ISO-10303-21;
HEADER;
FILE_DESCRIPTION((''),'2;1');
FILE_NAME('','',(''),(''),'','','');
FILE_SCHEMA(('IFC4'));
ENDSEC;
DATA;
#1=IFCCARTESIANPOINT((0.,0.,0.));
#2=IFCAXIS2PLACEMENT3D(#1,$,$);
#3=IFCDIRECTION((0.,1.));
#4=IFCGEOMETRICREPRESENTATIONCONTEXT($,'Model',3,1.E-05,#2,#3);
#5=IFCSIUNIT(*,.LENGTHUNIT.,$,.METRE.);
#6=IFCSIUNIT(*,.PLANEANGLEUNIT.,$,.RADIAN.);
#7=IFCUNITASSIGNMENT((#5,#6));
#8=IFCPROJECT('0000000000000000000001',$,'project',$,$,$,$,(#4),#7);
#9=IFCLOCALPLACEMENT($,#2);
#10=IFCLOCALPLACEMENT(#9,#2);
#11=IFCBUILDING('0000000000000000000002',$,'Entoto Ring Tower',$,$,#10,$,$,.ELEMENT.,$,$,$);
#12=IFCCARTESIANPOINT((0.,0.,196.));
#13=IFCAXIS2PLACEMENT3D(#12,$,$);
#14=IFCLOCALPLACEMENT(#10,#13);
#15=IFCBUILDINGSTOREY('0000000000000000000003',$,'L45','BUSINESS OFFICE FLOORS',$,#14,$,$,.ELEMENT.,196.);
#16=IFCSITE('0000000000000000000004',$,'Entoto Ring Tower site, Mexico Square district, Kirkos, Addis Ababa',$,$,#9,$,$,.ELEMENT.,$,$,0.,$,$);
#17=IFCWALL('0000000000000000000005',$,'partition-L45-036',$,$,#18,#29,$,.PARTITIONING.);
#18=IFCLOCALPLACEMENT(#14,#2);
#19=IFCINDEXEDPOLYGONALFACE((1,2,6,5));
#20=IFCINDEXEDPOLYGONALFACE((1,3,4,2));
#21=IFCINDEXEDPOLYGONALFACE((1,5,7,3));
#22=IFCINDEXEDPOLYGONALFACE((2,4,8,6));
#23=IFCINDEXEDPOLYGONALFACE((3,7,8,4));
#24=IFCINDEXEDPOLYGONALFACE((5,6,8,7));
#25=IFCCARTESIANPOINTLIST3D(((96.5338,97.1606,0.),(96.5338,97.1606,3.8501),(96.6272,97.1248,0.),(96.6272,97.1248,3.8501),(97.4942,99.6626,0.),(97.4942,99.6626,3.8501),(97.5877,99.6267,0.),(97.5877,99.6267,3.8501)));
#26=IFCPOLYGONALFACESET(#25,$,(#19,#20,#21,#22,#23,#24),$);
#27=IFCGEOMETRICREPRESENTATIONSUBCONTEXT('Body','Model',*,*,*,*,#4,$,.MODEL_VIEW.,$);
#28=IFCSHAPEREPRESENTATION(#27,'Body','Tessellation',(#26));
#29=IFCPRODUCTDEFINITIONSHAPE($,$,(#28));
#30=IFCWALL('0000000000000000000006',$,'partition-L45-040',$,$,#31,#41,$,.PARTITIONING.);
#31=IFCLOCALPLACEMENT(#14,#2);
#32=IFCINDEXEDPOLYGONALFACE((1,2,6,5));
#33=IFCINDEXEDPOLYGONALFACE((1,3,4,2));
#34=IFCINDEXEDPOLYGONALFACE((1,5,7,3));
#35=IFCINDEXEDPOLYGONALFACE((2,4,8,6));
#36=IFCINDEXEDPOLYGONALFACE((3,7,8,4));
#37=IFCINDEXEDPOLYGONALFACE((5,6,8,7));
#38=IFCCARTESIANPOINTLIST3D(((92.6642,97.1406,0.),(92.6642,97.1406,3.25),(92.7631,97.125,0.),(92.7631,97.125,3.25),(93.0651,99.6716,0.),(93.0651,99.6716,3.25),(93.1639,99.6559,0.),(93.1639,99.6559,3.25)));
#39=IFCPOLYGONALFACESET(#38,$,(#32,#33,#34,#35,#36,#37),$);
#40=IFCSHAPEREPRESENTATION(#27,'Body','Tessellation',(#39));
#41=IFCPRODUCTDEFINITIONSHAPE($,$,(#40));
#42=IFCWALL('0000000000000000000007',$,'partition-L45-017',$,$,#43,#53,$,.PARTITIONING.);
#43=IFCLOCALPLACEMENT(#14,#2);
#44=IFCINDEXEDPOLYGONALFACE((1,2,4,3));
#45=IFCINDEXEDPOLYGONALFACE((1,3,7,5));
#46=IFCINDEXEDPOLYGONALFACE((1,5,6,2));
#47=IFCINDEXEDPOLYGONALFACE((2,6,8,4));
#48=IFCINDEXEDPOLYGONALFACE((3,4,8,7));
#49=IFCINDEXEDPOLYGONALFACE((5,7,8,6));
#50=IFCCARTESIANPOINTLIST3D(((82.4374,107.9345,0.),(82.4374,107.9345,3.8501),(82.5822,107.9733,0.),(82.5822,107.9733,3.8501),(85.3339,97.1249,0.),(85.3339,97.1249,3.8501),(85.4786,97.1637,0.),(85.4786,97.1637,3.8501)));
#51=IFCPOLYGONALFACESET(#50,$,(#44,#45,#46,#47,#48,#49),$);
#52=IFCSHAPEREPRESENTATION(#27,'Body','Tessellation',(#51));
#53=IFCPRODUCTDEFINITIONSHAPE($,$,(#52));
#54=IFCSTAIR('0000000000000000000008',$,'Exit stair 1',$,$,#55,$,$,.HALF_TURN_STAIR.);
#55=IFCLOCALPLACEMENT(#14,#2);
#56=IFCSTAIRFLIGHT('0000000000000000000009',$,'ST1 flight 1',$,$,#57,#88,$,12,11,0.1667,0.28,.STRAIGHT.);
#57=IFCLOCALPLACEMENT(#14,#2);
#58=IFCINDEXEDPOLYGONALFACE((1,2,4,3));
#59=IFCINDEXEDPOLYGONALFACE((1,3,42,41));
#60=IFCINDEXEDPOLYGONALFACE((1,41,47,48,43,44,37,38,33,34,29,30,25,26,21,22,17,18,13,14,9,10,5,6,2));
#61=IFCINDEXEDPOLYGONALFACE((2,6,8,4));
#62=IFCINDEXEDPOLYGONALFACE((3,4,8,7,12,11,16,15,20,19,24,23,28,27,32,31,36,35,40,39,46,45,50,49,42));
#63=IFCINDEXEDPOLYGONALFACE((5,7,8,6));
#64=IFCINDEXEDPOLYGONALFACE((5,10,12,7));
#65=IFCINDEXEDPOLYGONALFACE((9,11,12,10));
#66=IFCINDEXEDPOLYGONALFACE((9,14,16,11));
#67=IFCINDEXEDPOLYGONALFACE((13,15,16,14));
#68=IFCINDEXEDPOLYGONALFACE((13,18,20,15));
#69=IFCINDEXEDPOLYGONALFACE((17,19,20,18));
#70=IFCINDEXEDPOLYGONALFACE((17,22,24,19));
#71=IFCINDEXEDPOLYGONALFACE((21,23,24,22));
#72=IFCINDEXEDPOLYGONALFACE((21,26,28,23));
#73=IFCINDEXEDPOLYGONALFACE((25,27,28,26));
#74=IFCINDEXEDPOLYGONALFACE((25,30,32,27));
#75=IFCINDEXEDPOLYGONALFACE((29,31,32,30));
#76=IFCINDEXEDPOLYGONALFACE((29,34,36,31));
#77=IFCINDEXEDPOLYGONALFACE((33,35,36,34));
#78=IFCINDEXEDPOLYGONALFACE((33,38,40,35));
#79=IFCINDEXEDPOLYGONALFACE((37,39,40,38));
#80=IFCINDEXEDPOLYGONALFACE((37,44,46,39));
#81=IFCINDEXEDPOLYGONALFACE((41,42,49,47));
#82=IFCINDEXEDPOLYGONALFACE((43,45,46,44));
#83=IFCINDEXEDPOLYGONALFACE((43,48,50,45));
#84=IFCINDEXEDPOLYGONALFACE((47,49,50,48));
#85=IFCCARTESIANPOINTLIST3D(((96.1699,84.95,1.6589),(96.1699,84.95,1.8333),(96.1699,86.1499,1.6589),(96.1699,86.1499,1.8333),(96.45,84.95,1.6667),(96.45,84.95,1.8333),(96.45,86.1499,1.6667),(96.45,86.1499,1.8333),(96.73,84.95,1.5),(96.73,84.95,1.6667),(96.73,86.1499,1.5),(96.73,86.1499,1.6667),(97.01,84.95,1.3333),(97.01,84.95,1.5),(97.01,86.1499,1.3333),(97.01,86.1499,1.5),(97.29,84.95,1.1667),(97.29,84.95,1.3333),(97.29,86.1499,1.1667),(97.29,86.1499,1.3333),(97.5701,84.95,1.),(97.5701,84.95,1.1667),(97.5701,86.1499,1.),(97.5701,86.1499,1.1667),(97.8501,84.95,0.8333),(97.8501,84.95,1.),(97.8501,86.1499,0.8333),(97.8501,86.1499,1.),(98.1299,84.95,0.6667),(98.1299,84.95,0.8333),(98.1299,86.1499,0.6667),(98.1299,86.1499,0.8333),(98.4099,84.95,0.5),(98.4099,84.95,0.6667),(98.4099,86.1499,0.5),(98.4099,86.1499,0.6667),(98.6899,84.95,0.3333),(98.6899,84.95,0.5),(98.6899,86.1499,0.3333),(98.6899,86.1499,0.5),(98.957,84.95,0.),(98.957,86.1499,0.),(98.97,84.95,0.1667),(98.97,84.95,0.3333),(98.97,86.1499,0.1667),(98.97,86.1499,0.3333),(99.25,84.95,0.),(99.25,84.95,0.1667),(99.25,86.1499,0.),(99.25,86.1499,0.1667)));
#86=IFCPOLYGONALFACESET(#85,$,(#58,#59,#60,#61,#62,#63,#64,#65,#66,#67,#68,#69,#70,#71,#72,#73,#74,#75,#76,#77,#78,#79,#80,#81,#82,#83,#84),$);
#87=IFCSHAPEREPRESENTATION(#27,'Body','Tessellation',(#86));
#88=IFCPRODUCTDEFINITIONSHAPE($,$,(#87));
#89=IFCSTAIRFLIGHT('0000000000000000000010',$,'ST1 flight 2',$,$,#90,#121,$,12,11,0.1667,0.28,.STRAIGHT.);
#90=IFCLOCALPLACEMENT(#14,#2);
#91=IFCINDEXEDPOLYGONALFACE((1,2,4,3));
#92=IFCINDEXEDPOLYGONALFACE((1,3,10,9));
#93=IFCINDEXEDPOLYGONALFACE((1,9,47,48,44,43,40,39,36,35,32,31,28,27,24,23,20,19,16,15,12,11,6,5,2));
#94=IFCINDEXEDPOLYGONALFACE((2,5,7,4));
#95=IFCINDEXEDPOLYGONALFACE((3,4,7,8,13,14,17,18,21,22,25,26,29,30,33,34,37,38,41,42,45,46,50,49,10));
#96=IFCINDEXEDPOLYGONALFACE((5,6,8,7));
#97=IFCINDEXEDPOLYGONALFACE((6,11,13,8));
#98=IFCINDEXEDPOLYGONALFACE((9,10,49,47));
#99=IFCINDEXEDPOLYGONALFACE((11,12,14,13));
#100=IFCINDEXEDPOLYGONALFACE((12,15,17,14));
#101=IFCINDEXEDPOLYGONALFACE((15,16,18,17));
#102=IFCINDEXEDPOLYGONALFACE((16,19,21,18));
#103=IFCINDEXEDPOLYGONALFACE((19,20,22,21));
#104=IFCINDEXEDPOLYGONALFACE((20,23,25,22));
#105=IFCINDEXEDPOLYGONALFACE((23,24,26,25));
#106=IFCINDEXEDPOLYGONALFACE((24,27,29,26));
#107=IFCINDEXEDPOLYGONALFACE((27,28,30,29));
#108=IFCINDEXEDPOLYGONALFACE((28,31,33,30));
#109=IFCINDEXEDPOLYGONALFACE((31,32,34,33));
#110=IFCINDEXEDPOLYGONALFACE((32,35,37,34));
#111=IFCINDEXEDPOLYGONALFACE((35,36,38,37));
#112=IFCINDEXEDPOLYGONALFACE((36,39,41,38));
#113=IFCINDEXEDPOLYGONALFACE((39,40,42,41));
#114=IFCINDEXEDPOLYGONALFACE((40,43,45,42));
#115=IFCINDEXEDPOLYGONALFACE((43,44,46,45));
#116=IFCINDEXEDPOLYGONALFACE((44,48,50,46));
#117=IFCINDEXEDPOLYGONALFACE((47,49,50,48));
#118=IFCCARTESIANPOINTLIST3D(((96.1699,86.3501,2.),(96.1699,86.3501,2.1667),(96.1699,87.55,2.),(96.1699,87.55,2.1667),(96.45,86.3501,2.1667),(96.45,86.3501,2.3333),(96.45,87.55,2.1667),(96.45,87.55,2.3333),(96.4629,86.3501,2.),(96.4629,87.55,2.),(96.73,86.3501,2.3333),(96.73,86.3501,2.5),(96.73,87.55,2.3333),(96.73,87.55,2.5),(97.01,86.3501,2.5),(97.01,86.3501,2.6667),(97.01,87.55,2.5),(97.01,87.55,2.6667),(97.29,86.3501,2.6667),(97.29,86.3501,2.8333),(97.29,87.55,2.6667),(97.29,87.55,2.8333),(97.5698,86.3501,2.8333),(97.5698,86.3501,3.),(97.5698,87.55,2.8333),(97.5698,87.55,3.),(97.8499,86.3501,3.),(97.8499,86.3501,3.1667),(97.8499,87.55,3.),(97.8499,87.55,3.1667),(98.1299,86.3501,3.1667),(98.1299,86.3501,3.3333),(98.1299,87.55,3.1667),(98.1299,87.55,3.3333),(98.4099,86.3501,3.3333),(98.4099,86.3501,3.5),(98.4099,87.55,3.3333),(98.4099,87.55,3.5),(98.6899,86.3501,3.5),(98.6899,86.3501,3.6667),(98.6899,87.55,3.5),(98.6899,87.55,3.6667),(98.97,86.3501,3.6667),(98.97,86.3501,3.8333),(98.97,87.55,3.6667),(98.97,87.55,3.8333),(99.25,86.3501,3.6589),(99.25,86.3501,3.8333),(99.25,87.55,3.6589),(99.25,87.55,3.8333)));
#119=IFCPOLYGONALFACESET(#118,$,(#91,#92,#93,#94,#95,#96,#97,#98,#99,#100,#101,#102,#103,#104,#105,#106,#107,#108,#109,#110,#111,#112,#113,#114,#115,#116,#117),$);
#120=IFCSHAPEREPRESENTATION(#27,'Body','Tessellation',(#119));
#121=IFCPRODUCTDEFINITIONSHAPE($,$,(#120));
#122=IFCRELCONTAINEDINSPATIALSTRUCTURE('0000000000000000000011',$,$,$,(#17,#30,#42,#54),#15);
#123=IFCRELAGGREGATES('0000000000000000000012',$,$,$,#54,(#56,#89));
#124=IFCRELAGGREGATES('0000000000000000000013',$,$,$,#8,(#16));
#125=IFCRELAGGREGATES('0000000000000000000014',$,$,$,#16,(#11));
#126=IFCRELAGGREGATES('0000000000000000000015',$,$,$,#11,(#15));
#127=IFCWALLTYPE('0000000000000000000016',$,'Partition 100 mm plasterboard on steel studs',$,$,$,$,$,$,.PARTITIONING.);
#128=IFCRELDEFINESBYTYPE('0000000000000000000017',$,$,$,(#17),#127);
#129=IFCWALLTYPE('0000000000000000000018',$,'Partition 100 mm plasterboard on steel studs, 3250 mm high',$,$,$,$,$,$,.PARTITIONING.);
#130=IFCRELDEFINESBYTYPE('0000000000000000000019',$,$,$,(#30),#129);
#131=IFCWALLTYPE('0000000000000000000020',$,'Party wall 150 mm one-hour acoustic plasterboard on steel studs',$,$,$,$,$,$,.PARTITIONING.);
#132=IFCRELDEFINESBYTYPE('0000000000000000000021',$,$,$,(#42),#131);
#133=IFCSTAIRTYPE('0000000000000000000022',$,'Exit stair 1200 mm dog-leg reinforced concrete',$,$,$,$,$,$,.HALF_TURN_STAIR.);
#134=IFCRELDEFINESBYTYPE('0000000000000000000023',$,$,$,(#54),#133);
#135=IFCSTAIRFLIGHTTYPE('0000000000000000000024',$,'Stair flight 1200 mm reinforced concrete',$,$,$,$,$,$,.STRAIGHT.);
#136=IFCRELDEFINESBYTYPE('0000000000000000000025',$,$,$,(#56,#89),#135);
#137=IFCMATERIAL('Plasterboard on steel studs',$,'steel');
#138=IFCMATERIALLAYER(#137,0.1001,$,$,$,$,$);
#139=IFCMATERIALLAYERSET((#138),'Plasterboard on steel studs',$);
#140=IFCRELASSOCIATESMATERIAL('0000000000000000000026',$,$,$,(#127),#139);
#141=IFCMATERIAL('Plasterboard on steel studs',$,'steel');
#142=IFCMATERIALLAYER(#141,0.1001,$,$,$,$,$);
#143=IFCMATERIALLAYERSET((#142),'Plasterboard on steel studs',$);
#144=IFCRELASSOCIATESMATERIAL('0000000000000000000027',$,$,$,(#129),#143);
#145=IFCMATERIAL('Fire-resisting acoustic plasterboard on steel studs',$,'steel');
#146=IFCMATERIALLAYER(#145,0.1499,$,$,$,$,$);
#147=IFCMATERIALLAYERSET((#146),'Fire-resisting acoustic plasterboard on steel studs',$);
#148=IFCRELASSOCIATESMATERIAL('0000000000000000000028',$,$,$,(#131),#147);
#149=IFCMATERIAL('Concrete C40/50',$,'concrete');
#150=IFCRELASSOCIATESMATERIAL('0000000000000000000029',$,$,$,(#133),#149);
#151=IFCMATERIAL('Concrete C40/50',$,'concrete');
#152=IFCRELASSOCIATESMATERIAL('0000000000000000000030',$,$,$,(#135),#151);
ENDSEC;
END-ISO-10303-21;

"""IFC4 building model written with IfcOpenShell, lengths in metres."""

from ifc_helpers import new_model, si_unit, direction, frame, frame_2d, origin, place, context, subcontext, project, spatial, polyline, rectangle, outline, extrude, material, layer, layer_set, type_object, element, aggregate, save


model = new_model("IFC4")

# Units and contexts
model_context = context("Model", 3, precision=1e-05, world=origin(), true_north=direction((0.0, 1.0)))
body_context = subcontext(model_context, "Body", "Model", "MODEL_VIEW")
ifc_project = project(units=[si_unit("LENGTHUNIT", "METRE"), si_unit("PLANEANGLEUNIT", "RADIAN")], contexts=[model_context])

# Site, building, storey
site_placement = place(None, origin())
site = spatial("IfcSite", under=ifc_project, at=site_placement, Name="Entoto Ring Tower site, Mexico Square district, Kirkos, Addis Ababa", CompositionType="ELEMENT", RefElevation=0.0)
building_placement = place(site_placement, origin())
building = spatial("IfcBuilding", under=site, at=building_placement, Name="Entoto Ring Tower", CompositionType="ELEMENT")
storey_placement = place(building_placement, frame((0.0, 0.0, 196.0)))
storey = spatial("IfcBuildingStorey", under=building, at=storey_placement, Name="L45", Description="BUSINESS OFFICE FLOORS", CompositionType="ELEMENT", Elevation=196.0)

# Shared definitions
ifc_material_1 = material(Name="Plasterboard on steel studs", Category="steel")
ifc_layer_1 = layer(ifc_material_1, 0.1001)
ifc_layer_set_1 = layer_set([ifc_layer_1], Name="Plasterboard on steel studs")
wall_type_1 = type_object("IfcWallType", Name="Partition 100 mm plasterboard on steel studs", PredefinedType="PARTITIONING", material=ifc_layer_set_1)

# Walls
wall_1_placement = place(storey_placement, frame((96.5806, 97.1428, 0.0), z_axis=(0.0, 0.0, 1.0), x_axis=(0.358381, 0.933576, 0.0)))
element("IfcWall", 1, at=wall_1_placement, inside=storey, type_object=wall_type_1, Name="partition-L45-036", PredefinedType="PARTITIONING", context=body_context, shape_type="SweptSolid", body=[
    extrude(rectangle(XDim=2.6799, YDim=0.1001, at=frame_2d((1.3398, 0.0))), origin(), (0.0, 0.0, 1.0), 3.8501),
])
ifc_material_2 = material(Name="Plasterboard on steel studs", Category="steel")
ifc_layer_2 = layer(ifc_material_2, 0.1001)
ifc_layer_set_2 = layer_set([ifc_layer_2], Name="Plasterboard on steel studs")
wall_type_2 = type_object("IfcWallType", Name="Partition 100 mm plasterboard on steel studs, 3250 mm high", PredefinedType="PARTITIONING", material=ifc_layer_set_2)
wall_2_placement = place(storey_placement, frame((92.7136, 97.1328, 0.0), z_axis=(0.0, 0.0, 1.0), x_axis=(0.156437, 0.987688, 0.0)))
element("IfcWall", 2, at=wall_2_placement, inside=storey, type_object=wall_type_2, Name="partition-L45-040", PredefinedType="PARTITIONING", context=body_context, shape_type="SweptSolid", body=[
    extrude(rectangle(XDim=2.5625, YDim=0.1001, at=frame_2d((1.2812, 0.0))), origin(), (0.0, 0.0, 1.0), 3.25),
])
ifc_material_3 = material(Name="Fire-resisting acoustic plasterboard on steel studs", Category="steel")
ifc_layer_3 = layer(ifc_material_3, 0.1499)
ifc_layer_set_3 = layer_set([ifc_layer_3], Name="Fire-resisting acoustic plasterboard on steel studs")
wall_type_3 = type_object("IfcWallType", Name="Party wall 150 mm one-hour acoustic plasterboard on steel studs", PredefinedType="PARTITIONING", material=ifc_layer_set_3)
wall_3_placement = place(storey_placement, frame((85.4062, 97.1443, 0.0), z_axis=(0.0, 0.0, 1.0), x_axis=(-0.258825, 0.965924, 0.0)))
element("IfcWall", 3, at=wall_3_placement, inside=storey, type_object=wall_type_3, Name="partition-L45-017", PredefinedType="PARTITIONING", context=body_context, shape_type="SweptSolid", body=[
    extrude(rectangle(XDim=11.1909, YDim=0.1499, at=frame_2d((5.5955, 0.0))), origin(), (0.0, 0.0, 1.0), 3.8501),
])

# Stair, stair flights
ifc_material_4 = material(Name="Concrete C40/50", Category="concrete")
stair_type = type_object("IfcStairType", Name="Exit stair 1200 mm dog-leg reinforced concrete", PredefinedType="HALF_TURN_STAIR", material=ifc_material_4)
stair_placement = place(storey_placement, origin())
stair = element("IfcStair", 4, at=stair_placement, inside=storey, type_object=stair_type, Name="Exit stair 1", PredefinedType="HALF_TURN_STAIR")
ifc_material_5 = material(Name="Concrete C40/50", Category="concrete")
stair_flight_type = type_object("IfcStairFlightType", Name="Stair flight 1200 mm reinforced concrete", PredefinedType="STRAIGHT", material=ifc_material_5)
stair_flight_1_placement = place(storey_placement, frame((99.25, 85.55, 0.0), z_axis=(0.0, 0.0, 1.0), x_axis=(-1.0, 0.0, 0.0)))
stair_flight_1 = element("IfcStairFlight", 5, at=stair_flight_1_placement, type_object=stair_flight_type, Name="ST1 flight 1", NumberOfRisers=12, NumberOfTreads=11, PredefinedType="STRAIGHT", RiserHeight=0.1667, TreadLength=0.28, context=body_context, shape_type="SweptSolid", body=[
    extrude(outline(polyline([(0.0, 0.0), (0.0, 0.1667), (0.28, 0.1667), (0.28, 0.3333), (0.5601, 0.3333), (0.5601, 0.5), (0.8401, 0.5), (0.8401, 0.6667), (1.1201, 0.6667), (1.1201, 0.8333), (1.3999, 0.8333), (1.3999, 1.0), (1.6799, 1.0), (1.6799, 1.1667), (1.96, 1.1667), (1.96, 1.3333), (2.24, 1.3333), (2.24, 1.5), (2.52, 1.5), (2.52, 1.6667), (2.8, 1.6667), (2.8, 1.8333), (3.0801, 1.8333), (3.0801, 2.0), (3.0801, 1.6589), (0.293, 0.0), (0.0, 0.0)])), frame((0.0, 0.6001, 0.0), z_axis=(0.0, -1.0, 0.0), x_axis=(1.0, 0.0, 0.0)), (0.0, 0.0, 1.0), 1.2),
])
stair_flight_2_placement = place(storey_placement, frame((96.1699, 86.95, 2.0), z_axis=(0.0, 0.0, 1.0), x_axis=(1.0, 0.0, 0.0)))
stair_flight_2 = element("IfcStairFlight", 6, at=stair_flight_2_placement, type_object=stair_flight_type, Name="ST1 flight 2", NumberOfRisers=12, NumberOfTreads=11, PredefinedType="STRAIGHT", RiserHeight=0.1667, TreadLength=0.28, context=body_context, shape_type="SweptSolid", body=[
    extrude(outline(polyline([(0.0, 0.0), (0.0, 0.1667), (0.28, 0.1667), (0.28, 0.3333), (0.5601, 0.3333), (0.5601, 0.5), (0.8401, 0.5), (0.8401, 0.6667), (1.1201, 0.6667), (1.1201, 0.8333), (1.3999, 0.8333), (1.3999, 1.0), (1.6799, 1.0), (1.6799, 1.1667), (1.96, 1.1667), (1.96, 1.3333), (2.24, 1.3333), (2.24, 1.5), (2.52, 1.5), (2.52, 1.6667), (2.8, 1.6667), (2.8, 1.8333), (3.0801, 1.8333), (3.0801, 2.0), (3.0801, 1.6589), (0.293, 0.0), (0.0, 0.0)])), frame((0.0, 0.6001, 0.0), z_axis=(0.0, -1.0, 0.0), x_axis=(1.0, 0.0, 0.0)), (0.0, 0.0, 1.0), 1.2),
])
aggregate(stair, [stair_flight_1, stair_flight_2])

save(model, "model.ifc")
